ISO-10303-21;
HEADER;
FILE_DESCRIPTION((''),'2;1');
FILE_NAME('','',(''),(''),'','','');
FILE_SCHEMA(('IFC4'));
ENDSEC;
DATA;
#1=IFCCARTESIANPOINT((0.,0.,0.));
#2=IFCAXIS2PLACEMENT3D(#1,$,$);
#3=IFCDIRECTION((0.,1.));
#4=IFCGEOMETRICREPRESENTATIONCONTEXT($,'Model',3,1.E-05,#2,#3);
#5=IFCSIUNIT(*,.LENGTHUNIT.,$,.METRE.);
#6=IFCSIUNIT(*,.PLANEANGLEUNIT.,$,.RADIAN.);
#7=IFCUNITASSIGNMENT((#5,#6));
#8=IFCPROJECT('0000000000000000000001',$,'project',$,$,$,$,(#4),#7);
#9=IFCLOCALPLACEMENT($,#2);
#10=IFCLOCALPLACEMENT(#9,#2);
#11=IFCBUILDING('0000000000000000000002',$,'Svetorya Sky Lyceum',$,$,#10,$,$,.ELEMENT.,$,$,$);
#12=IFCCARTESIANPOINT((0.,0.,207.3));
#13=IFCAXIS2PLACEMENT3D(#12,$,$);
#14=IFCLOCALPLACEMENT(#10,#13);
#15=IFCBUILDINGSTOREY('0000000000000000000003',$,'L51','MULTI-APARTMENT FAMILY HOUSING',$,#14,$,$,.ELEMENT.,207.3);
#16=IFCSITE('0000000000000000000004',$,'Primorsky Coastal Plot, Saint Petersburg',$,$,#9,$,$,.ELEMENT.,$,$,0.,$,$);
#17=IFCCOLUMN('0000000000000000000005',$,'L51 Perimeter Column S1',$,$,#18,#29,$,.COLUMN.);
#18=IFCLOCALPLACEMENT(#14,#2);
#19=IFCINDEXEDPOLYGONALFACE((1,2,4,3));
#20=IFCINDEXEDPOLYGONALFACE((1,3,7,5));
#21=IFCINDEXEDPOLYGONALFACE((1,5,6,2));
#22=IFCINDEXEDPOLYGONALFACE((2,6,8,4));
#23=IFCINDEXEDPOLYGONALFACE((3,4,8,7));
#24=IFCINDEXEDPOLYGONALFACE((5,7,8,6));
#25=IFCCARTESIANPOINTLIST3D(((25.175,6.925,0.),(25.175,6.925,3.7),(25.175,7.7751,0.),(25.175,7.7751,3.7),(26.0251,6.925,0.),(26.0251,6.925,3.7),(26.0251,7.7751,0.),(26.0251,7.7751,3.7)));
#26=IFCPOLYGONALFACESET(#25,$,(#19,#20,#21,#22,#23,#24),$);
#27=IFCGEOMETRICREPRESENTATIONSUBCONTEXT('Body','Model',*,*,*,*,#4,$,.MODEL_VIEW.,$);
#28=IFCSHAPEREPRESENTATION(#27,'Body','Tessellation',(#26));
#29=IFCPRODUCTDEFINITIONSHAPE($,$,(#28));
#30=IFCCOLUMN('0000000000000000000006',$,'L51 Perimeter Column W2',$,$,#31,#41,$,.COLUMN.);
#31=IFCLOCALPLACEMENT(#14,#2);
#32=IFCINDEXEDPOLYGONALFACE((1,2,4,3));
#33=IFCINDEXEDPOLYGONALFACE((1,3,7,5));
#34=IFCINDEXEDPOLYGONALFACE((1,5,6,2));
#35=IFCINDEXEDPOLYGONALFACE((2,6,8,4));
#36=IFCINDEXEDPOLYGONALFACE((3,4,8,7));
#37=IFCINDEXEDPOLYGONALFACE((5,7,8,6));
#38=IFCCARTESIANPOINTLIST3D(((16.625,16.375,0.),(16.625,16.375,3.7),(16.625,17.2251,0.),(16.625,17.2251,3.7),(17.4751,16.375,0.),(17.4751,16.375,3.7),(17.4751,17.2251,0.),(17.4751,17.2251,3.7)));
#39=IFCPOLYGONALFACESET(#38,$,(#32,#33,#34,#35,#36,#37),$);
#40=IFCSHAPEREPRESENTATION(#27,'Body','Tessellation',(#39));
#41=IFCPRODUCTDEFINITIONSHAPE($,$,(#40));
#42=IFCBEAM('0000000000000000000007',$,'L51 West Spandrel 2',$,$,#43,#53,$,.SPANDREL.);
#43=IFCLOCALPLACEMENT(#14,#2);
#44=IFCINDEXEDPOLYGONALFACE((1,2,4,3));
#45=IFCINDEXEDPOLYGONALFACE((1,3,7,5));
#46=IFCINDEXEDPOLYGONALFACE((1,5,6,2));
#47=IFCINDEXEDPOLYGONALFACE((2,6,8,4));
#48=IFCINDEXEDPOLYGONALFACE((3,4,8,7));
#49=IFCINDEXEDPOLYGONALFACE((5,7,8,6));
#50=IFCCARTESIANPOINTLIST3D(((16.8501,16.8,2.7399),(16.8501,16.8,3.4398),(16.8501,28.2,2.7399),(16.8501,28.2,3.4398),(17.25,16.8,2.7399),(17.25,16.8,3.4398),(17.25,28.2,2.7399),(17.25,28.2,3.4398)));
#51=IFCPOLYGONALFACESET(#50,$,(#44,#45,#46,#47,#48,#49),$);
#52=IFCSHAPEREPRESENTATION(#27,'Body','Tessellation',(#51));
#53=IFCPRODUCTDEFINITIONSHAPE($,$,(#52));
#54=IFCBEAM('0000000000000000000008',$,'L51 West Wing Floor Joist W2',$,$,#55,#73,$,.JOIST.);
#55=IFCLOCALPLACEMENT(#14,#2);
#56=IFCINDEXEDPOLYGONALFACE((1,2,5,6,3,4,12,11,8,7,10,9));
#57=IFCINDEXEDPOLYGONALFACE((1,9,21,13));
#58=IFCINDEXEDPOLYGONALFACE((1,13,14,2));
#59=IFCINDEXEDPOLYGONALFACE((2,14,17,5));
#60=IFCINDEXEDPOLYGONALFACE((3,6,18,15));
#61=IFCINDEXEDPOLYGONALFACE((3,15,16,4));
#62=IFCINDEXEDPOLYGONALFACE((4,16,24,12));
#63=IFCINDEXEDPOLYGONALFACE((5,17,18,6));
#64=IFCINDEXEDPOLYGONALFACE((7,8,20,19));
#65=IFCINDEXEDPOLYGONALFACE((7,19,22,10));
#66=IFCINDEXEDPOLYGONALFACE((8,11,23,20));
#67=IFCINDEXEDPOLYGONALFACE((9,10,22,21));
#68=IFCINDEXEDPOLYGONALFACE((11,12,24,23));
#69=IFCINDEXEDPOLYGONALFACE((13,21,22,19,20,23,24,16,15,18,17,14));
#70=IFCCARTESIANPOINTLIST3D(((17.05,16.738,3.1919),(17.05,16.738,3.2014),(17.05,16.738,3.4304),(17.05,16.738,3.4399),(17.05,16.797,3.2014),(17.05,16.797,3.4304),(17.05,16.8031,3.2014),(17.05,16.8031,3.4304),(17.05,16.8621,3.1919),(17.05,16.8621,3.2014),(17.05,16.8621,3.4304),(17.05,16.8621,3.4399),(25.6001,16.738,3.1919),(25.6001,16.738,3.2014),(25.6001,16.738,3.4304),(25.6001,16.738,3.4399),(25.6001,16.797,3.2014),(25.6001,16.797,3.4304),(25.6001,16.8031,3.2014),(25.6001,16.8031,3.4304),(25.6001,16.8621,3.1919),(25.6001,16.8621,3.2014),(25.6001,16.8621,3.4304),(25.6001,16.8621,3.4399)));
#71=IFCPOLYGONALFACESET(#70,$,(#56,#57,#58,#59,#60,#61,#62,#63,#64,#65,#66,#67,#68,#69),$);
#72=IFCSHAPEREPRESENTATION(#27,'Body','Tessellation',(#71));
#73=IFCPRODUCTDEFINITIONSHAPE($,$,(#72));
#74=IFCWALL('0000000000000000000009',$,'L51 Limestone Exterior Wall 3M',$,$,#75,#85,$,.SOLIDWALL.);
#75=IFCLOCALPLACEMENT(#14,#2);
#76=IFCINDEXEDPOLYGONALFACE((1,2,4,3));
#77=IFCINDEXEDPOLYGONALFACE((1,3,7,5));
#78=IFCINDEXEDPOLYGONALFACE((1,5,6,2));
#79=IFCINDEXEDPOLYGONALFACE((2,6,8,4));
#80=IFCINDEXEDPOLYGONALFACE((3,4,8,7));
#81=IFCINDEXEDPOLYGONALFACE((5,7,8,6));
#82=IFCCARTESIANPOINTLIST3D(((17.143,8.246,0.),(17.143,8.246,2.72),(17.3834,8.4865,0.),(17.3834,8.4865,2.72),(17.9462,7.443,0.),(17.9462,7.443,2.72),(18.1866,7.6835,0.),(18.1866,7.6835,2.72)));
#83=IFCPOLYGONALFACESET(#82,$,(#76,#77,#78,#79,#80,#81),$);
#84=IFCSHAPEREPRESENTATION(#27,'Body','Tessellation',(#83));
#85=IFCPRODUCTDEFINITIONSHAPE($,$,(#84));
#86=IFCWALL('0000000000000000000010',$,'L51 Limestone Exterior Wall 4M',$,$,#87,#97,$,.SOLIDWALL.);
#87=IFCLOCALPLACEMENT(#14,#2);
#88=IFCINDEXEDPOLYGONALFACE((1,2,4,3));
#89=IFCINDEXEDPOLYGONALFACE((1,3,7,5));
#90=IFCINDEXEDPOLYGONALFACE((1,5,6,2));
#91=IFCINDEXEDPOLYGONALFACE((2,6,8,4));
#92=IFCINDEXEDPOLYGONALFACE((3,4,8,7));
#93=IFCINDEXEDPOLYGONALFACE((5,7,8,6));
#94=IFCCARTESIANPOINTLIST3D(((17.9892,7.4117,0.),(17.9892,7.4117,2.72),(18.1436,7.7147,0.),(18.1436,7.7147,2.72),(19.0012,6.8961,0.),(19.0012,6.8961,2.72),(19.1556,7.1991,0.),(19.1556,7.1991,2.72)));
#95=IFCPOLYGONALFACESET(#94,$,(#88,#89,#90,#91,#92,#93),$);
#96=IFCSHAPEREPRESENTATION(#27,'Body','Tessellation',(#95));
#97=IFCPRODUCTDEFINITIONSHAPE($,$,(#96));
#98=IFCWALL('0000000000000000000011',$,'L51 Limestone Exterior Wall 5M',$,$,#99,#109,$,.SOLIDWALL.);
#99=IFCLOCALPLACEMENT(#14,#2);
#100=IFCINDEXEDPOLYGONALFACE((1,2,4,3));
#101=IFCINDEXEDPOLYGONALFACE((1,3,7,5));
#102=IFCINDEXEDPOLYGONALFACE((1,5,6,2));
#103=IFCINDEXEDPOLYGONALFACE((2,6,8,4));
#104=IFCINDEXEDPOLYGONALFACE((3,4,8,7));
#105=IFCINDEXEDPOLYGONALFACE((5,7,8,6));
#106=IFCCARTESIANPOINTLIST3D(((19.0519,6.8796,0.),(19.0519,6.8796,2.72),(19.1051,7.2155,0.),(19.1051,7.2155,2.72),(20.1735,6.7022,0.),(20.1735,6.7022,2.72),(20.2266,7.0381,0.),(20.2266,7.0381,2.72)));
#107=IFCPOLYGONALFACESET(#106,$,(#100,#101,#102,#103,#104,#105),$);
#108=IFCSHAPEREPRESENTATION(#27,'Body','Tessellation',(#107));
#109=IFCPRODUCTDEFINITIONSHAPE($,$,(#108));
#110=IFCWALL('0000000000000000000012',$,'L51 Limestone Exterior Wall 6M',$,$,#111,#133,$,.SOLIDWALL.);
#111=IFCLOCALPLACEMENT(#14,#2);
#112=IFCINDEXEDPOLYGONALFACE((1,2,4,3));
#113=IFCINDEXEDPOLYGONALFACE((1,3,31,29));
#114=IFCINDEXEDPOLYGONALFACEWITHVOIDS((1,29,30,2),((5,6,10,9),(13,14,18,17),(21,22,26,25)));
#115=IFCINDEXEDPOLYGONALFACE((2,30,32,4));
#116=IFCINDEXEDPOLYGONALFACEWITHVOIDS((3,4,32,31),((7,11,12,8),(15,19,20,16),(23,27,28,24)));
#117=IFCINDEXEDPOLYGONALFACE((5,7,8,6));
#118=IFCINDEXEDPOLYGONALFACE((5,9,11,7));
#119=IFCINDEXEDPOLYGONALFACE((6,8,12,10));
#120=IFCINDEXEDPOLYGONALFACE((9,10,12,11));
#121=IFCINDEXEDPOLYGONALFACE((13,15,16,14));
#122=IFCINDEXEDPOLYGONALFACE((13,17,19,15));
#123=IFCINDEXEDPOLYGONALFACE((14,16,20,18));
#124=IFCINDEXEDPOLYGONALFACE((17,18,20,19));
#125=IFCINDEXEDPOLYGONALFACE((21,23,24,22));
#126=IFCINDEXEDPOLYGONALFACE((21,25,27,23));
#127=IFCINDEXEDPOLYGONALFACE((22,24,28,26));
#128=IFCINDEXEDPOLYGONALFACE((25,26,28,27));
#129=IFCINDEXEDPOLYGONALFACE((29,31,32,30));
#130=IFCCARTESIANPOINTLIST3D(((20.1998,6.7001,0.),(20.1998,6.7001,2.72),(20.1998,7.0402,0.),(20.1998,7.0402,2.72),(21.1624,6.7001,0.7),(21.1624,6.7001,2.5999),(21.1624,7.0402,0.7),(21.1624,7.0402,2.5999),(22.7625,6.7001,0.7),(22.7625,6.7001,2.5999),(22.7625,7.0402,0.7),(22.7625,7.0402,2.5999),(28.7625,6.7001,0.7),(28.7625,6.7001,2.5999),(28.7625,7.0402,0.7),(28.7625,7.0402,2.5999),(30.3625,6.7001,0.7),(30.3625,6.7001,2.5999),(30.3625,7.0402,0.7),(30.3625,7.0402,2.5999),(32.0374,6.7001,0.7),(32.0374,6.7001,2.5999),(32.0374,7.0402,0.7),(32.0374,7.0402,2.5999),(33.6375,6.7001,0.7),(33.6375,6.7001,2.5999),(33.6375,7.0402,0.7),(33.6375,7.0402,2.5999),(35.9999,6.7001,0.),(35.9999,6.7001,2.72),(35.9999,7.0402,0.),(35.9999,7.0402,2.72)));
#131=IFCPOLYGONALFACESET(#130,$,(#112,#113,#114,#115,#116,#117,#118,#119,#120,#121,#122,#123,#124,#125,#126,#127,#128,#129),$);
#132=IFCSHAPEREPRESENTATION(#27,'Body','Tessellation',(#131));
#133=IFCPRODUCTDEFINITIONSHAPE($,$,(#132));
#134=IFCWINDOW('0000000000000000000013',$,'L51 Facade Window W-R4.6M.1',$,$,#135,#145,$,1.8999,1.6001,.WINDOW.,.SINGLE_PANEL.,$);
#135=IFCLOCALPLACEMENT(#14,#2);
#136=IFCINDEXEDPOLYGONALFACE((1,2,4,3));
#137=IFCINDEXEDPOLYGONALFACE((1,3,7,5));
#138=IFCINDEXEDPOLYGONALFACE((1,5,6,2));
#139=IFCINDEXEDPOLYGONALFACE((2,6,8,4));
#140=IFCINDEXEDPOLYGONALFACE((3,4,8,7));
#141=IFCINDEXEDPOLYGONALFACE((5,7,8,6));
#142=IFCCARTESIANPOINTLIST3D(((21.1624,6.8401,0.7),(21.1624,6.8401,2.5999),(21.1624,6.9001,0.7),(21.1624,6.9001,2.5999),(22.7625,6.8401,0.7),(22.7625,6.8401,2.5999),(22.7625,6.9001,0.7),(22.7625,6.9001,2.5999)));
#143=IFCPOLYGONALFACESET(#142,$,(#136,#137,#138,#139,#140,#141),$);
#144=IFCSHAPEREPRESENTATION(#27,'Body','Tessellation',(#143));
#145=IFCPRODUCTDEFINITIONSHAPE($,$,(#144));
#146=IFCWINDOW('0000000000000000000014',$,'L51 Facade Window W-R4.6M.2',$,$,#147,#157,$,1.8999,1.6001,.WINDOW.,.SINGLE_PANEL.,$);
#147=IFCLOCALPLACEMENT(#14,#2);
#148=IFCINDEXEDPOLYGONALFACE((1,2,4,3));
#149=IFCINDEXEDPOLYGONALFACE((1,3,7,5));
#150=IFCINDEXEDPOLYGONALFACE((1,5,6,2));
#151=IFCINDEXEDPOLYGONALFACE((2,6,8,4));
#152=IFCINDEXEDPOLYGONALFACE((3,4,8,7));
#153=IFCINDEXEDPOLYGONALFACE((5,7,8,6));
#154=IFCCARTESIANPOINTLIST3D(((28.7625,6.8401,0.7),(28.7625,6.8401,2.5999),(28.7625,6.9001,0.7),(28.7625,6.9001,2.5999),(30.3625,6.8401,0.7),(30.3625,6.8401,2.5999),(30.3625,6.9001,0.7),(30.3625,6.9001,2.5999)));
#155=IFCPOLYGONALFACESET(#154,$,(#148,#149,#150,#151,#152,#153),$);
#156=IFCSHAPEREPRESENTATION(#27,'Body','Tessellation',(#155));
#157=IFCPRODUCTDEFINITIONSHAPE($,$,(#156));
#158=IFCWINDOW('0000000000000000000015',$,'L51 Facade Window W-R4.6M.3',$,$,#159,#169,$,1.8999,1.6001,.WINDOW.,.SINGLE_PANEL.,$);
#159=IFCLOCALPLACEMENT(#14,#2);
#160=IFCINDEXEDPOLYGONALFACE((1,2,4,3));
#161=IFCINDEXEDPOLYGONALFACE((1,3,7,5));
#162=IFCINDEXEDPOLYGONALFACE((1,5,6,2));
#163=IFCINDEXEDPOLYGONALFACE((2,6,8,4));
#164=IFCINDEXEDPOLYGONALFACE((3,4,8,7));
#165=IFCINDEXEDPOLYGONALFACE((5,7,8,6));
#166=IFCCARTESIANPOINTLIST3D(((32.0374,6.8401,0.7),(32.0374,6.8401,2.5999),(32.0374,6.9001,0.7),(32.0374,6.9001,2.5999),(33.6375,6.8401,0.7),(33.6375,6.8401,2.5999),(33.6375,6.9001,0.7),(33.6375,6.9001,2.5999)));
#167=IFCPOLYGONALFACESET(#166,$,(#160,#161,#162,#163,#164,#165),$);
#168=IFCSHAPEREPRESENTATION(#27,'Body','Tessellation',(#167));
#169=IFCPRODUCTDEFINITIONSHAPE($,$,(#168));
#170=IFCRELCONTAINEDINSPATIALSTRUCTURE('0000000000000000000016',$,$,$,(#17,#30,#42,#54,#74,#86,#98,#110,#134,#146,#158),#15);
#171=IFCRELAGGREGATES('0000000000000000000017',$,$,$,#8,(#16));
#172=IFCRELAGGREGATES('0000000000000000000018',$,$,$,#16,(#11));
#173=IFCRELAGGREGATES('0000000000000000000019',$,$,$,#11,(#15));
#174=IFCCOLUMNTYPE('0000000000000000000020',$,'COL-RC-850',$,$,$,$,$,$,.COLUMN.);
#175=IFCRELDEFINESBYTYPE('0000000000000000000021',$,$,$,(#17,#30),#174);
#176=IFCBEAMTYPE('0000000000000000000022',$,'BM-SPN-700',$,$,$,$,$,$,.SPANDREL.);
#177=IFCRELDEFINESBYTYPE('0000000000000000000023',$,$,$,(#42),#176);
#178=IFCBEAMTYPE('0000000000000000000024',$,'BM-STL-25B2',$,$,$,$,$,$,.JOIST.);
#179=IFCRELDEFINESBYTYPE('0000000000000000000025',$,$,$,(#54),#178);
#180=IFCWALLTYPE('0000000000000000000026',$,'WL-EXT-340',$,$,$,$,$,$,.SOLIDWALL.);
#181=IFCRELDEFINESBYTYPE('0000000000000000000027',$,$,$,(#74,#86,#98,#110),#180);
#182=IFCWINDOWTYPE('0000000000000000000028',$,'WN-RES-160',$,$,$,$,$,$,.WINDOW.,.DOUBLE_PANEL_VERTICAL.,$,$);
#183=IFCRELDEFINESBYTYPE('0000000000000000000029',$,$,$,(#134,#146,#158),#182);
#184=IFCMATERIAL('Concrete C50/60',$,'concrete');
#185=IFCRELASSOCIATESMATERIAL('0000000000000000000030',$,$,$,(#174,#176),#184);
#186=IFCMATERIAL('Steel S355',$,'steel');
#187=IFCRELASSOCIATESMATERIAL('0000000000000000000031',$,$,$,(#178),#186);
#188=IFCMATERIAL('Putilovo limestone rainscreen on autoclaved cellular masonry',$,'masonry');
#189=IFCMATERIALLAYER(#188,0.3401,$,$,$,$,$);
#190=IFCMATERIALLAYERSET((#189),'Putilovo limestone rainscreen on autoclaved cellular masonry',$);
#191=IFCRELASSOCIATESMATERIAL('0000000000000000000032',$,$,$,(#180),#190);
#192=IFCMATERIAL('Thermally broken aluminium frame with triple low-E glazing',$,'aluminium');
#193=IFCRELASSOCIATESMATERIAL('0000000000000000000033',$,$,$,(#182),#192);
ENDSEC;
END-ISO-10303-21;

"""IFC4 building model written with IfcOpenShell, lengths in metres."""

from ifc_helpers import new_model, si_unit, direction, frame, frame_2d, origin, origin_2d, place, context, subcontext, project, spatial, rectangle, i_section, extrude, material, layer, layer_set, material_profile, profile_set, type_object, element, fill, save


model = new_model("IFC4")

# Units and contexts
model_context = context("Model", 3, precision=1e-05, world=origin(), true_north=direction((0.0, 1.0)))
body_context = subcontext(model_context, "Body", "Model", "MODEL_VIEW")
ifc_project = project(units=[si_unit("LENGTHUNIT", "METRE"), si_unit("PLANEANGLEUNIT", "RADIAN")], contexts=[model_context])

# Site, building, storey
site_placement = place(None, origin())
site = spatial("IfcSite", under=ifc_project, at=site_placement, Name="Primorsky Coastal Plot, Saint Petersburg", CompositionType="ELEMENT", RefElevation=0.0)
building_placement = place(site_placement, origin())
building = spatial("IfcBuilding", under=site, at=building_placement, Name="Svetorya Sky Lyceum", CompositionType="ELEMENT")
storey_placement = place(building_placement, frame((0.0, 0.0, 207.3)))
storey = spatial("IfcBuildingStorey", under=building, at=storey_placement, Name="L51", Description="MULTI-APARTMENT FAMILY HOUSING", CompositionType="ELEMENT", Elevation=207.3)

# Columns
ifc_material_1 = material(Name="Concrete C50/60", Category="concrete")
ifc_material_profile_1 = material_profile(ifc_material_1, rectangle(XDim=0.8501, YDim=0.8501, at=origin_2d()), Name="RC COL 850x850")
ifc_profile_set_1 = profile_set([ifc_material_profile_1], Name="Concrete C50/60")
column_type = type_object("IfcColumnType", Name="COL-RC-850", PredefinedType="COLUMN", material=ifc_profile_set_1)
for number, where, z_axis, x_axis, name in (
    (1, (25.6001, 7.3501, 0.0), (0.0, 0.0, 1.0), (1.0, 0.0, 0.0), "L51 Perimeter Column S1"),
    (2, (17.05, 16.8, 0.0), (0.0, 0.0, 1.0), (1.0, 0.0, 0.0), "L51 Perimeter Column W2"),
):
    element("IfcColumn", number, at=place(storey_placement, frame(where, z_axis=z_axis, x_axis=x_axis)), inside=storey, type_object=column_type, Name=name, PredefinedType="COLUMN", context=body_context, shape_type="SweptSolid", body=[
        extrude(rectangle(XDim=0.8501, YDim=0.8501, at=origin_2d()), origin(), (0.0, 0.0, 1.0), 3.7),
    ])

# Beams
ifc_material_profile_2 = material_profile(ifc_material_1, rectangle(XDim=0.3999, YDim=0.7, at=origin_2d()), Name="RC SPANDREL 400x700")
ifc_profile_set_2 = profile_set([ifc_material_profile_2], Name="Concrete C50/60")
beam_type_1 = type_object("IfcBeamType", Name="BM-SPN-700", PredefinedType="SPANDREL", material=ifc_profile_set_2)
beam_1_placement = place(storey_placement, frame((17.05, 16.8, 3.0898), z_axis=(0.0, 1.0, 0.0), x_axis=(-1.0, 0.0, 0.0)))
element("IfcBeam", 3, at=beam_1_placement, inside=storey, type_object=beam_type_1, Name="L51 West Spandrel 2", PredefinedType="SPANDREL", context=body_context, shape_type="SweptSolid", body=[
    extrude(rectangle(XDim=0.3999, YDim=0.7, at=origin_2d()), origin(), (0.0, 0.0, 1.0), 11.3999),
])
ifc_material_2 = material(Name="Steel S355", Category="steel")
ifc_material_profile_3 = material_profile(ifc_material_2, i_section(OverallWidth=0.124, OverallDepth=0.248, WebThickness=0.0061, FlangeThickness=0.0095, at=origin_2d()), Name="GOST 25B2")
ifc_profile_set_3 = profile_set([ifc_material_profile_3], Name="Steel S355")
beam_type_2 = type_object("IfcBeamType", Name="BM-STL-25B2", PredefinedType="JOIST", material=ifc_profile_set_3)
beam_2_placement = place(storey_placement, frame((17.05, 16.8, 3.3159), z_axis=(1.0, 0.0, 0.0), x_axis=(0.0, 1.0, 0.0)))
element("IfcBeam", 4, at=beam_2_placement, inside=storey, type_object=beam_type_2, Name="L51 West Wing Floor Joist W2", PredefinedType="JOIST", context=body_context, shape_type="SweptSolid", body=[
    extrude(i_section(OverallWidth=0.124, OverallDepth=0.248, WebThickness=0.0061, FlangeThickness=0.0095, at=origin_2d()), origin(), (0.0, 0.0, 1.0), 8.55),
])

# Walls
ifc_material_3 = material(Name="Putilovo limestone rainscreen on autoclaved cellular masonry", Category="masonry")
ifc_layer_1 = layer(ifc_material_3, 0.3401)
ifc_layer_set_1 = layer_set([ifc_layer_1], Name="Putilovo limestone rainscreen on autoclaved cellular masonry")
wall_type_1 = type_object("IfcWallType", Name="WL-EXT-340", PredefinedType="SOLIDWALL", material=ifc_layer_set_1)
for number, where, z_axis, x_axis, name in (
    (5, (17.2632, 8.3662, 0.0), (0.0, 0.0, 1.0), (0.707214, -0.706999, 0.0), "L51 Limestone Exterior Wall 3M"),
    (6, (18.0664, 7.5632, 0.0), (0.0, 0.0, 1.0), (0.891005, -0.453993, 0.0), "L51 Limestone Exterior Wall 4M"),
):
    element("IfcWall", number, at=place(storey_placement, frame(where, z_axis=z_axis, x_axis=x_axis)), inside=storey, type_object=wall_type_1, Name=name, PredefinedType="SOLIDWALL", context=body_context, shape_type="SweptSolid", body=[
        extrude(rectangle(XDim=1.1357, YDim=0.3401, at=frame_2d((0.5679, 0.0))), origin(), (0.0, 0.0, 1.0), 2.72),
    ])
wall_1_placement = place(storey_placement, frame((19.0784, 7.0476, 0.0), z_axis=(0.0, 0.0, 1.0), x_axis=(0.987709, -0.156305, 0.0)))
element("IfcWall", 7, at=wall_1_placement, inside=storey, type_object=wall_type_1, Name="L51 Limestone Exterior Wall 5M", PredefinedType="SOLIDWALL", context=body_context, shape_type="SweptSolid", body=[
    extrude(rectangle(XDim=1.1355, YDim=0.3401, at=frame_2d((0.5679, 0.0))), origin(), (0.0, 0.0, 1.0), 2.72),
])

# Wall, openings, windows
wall_2_placement = place(storey_placement, frame((20.2, 6.8701, 0.0), z_axis=(0.0, 0.0, 1.0), x_axis=(1.0, 0.0, 0.0)))
wall_2 = element("IfcWall", 8, at=wall_2_placement, inside=storey, type_object=wall_type_1, Name="L51 Limestone Exterior Wall 6M", PredefinedType="SOLIDWALL", context=body_context, shape_type="SweptSolid", body=[
    extrude(rectangle(XDim=15.8, YDim=0.3401, at=frame_2d((7.8999, 0.0))), origin(), (0.0, 0.0, 1.0), 2.72),
])
opening_1_placement = place(wall_2_placement, frame((0.9624, 0.0, 0.7)))
opening_1 = element("IfcOpeningElement", 9, at=opening_1_placement, cuts=wall_2, PredefinedType="OPENING", context=body_context, shape_type="SweptSolid", body=[
    extrude(rectangle(XDim=1.6001, YDim=1.8999, at=frame_2d((0.8, 0.95))), frame((0.0, 0.1799, 0.0), z_axis=(0.0, -1.0, 0.0), x_axis=(1.0, 0.0, 0.0)), (0.0, 0.0, 1.0), 0.3601),
])
opening_2_placement = place(wall_2_placement, frame((8.5625, 0.0, 0.7)))
opening_2 = element("IfcOpeningElement", 10, at=opening_2_placement, cuts=wall_2, PredefinedType="OPENING", context=body_context, shape_type="SweptSolid", body=[
    extrude(rectangle(XDim=1.6001, YDim=1.8999, at=frame_2d((0.8, 0.95))), frame((0.0, 0.1799, 0.0), z_axis=(0.0, -1.0, 0.0), x_axis=(1.0, 0.0, 0.0)), (0.0, 0.0, 1.0), 0.3601),
])
opening_3_placement = place(wall_2_placement, frame((11.8374, 0.0, 0.7)))
opening_3 = element("IfcOpeningElement", 11, at=opening_3_placement, cuts=wall_2, PredefinedType="OPENING", context=body_context, shape_type="SweptSolid", body=[
    extrude(rectangle(XDim=1.6001, YDim=1.8999, at=frame_2d((0.8, 0.95))), frame((0.0, 0.1799, 0.0), z_axis=(0.0, -1.0, 0.0), x_axis=(1.0, 0.0, 0.0)), (0.0, 0.0, 1.0), 0.3601),
])
ifc_material_4 = material(Name="Thermally broken aluminium frame with triple low-E glazing", Category="aluminium")
window_type = type_object("IfcWindowType", Name="WN-RES-160", PartitioningType="DOUBLE_PANEL_VERTICAL", PredefinedType="WINDOW", material=ifc_material_4)
window_1_placement = place(opening_1_placement, origin())
window_1 = element("IfcWindow", 12, at=window_1_placement, inside=storey, type_object=window_type, Name="L51 Facade Window W-R4.6M.1", OverallHeight=1.8999, OverallWidth=1.6001, PartitioningType="SINGLE_PANEL", PredefinedType="WINDOW", context=body_context, shape_type="SweptSolid", body=[
    extrude(rectangle(XDim=1.6001, YDim=1.8999, at=frame_2d((0.8, 0.95))), frame((0.0, 0.03, 0.0), z_axis=(0.0, -1.0, 0.0), x_axis=(1.0, 0.0, 0.0)), (0.0, 0.0, 1.0), 0.0601),
])
fill(opening_1, window_1)
window_2_placement = place(opening_2_placement, origin())
window_2 = element("IfcWindow", 13, at=window_2_placement, inside=storey, type_object=window_type, Name="L51 Facade Window W-R4.6M.2", OverallHeight=1.8999, OverallWidth=1.6001, PartitioningType="SINGLE_PANEL", PredefinedType="WINDOW", context=body_context, shape_type="SweptSolid", body=[
    extrude(rectangle(XDim=1.6001, YDim=1.8999, at=frame_2d((0.8, 0.95))), frame((0.0, 0.03, 0.0), z_axis=(0.0, -1.0, 0.0), x_axis=(1.0, 0.0, 0.0)), (0.0, 0.0, 1.0), 0.0601),
])
fill(opening_2, window_2)
window_3_placement = place(opening_3_placement, origin())
window_3 = element("IfcWindow", 14, at=window_3_placement, inside=storey, type_object=window_type, Name="L51 Facade Window W-R4.6M.3", OverallHeight=1.8999, OverallWidth=1.6001, PartitioningType="SINGLE_PANEL", PredefinedType="WINDOW", context=body_context, shape_type="SweptSolid", body=[
    extrude(rectangle(XDim=1.6001, YDim=1.8999, at=frame_2d((0.8, 0.95))), frame((0.0, 0.03, 0.0), z_axis=(0.0, -1.0, 0.0), x_axis=(1.0, 0.0, 0.0)), (0.0, 0.0, 1.0), 0.0601),
])
fill(opening_3, window_3)

save(model, "model.ifc")
